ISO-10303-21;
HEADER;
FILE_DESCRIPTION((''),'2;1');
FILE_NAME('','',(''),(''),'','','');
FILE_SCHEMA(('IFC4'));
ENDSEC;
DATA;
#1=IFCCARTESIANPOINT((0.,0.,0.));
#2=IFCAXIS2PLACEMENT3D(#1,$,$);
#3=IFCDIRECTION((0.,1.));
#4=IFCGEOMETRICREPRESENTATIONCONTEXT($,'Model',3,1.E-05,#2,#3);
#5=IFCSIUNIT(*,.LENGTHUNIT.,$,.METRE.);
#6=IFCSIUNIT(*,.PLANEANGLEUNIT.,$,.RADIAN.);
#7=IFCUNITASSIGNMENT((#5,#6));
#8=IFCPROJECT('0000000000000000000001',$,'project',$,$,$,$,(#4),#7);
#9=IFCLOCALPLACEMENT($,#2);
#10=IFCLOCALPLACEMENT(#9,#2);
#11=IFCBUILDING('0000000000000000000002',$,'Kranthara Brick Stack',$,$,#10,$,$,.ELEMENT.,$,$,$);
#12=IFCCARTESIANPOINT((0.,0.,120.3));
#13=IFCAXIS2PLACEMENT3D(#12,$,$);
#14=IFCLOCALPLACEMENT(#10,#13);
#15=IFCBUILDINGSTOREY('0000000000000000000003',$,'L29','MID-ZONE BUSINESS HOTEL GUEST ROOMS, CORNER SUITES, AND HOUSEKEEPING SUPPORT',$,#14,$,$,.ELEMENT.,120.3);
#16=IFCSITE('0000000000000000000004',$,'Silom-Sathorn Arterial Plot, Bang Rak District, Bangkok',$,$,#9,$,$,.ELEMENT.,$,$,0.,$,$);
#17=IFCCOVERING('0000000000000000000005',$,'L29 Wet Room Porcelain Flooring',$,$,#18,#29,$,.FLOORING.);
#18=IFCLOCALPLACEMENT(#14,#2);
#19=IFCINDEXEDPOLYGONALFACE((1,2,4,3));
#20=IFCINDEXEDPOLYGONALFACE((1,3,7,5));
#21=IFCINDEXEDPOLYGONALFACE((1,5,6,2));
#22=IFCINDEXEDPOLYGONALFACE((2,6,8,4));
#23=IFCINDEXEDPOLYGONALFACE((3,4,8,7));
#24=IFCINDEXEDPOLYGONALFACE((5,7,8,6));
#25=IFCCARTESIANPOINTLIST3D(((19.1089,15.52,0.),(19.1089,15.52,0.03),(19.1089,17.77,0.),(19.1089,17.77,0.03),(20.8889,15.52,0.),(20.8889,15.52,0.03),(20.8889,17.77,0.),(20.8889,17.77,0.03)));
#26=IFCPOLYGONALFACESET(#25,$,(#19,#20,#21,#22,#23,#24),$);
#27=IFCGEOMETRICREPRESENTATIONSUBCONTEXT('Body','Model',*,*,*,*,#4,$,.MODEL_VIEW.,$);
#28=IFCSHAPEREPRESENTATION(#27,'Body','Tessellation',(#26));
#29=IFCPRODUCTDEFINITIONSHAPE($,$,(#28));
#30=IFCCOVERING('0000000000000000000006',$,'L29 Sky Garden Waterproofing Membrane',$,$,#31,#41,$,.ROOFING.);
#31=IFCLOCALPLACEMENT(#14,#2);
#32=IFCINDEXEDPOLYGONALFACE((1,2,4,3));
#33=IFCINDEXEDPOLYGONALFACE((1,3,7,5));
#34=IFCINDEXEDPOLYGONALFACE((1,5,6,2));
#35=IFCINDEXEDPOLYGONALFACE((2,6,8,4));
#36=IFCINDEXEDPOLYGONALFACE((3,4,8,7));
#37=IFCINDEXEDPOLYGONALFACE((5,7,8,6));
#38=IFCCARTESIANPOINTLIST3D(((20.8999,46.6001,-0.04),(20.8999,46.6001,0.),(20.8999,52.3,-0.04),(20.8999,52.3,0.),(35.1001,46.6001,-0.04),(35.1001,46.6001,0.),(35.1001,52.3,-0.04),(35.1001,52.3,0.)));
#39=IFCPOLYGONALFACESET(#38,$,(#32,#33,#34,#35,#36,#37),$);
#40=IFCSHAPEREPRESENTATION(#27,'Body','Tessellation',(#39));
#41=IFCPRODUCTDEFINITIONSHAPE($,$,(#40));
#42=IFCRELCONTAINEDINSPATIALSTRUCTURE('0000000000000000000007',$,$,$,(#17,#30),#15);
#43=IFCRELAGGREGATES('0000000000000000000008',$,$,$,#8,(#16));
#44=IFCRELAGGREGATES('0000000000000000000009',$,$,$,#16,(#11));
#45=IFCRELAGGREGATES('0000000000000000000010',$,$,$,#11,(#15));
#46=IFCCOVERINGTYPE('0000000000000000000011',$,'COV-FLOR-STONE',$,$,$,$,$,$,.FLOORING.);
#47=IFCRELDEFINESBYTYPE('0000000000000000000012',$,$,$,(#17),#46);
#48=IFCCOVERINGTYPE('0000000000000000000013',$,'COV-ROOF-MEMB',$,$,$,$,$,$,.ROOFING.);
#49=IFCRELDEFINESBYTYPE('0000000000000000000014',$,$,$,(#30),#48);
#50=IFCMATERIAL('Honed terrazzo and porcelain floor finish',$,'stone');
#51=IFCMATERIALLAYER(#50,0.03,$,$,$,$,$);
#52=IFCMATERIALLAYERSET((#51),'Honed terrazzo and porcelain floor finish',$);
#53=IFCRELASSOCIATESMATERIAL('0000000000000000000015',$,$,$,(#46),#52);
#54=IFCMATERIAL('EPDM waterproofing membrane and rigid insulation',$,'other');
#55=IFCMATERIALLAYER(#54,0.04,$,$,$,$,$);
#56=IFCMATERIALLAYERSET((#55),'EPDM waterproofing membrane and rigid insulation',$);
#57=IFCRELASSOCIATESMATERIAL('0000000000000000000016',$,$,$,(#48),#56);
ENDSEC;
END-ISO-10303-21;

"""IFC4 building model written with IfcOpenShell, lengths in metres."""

from ifc_helpers import new_model, si_unit, direction, frame, origin, place, context, subcontext, project, spatial, polyline, outline, extrude, material, layer, layer_set, type_object, element, save


model = new_model("IFC4")

# Units and contexts
model_context = context("Model", 3, precision=1e-05, world=origin(), true_north=direction((0.0, 1.0)))
body_context = subcontext(model_context, "Body", "Model", "MODEL_VIEW")
ifc_project = project(units=[si_unit("LENGTHUNIT", "METRE"), si_unit("PLANEANGLEUNIT", "RADIAN")], contexts=[model_context])

# Site, building, storey
site_placement = place(None, origin())
site = spatial("IfcSite", under=ifc_project, at=site_placement, Name="Silom-Sathorn Arterial Plot, Bang Rak District, Bangkok", CompositionType="ELEMENT", RefElevation=0.0)
building_placement = place(site_placement, origin())
building = spatial("IfcBuilding", under=site, at=building_placement, Name="Kranthara Brick Stack", CompositionType="ELEMENT")
storey_placement = place(building_placement, frame((0.0, 0.0, 120.3)))
storey = spatial("IfcBuildingStorey", under=building, at=storey_placement, Name="L29", Description="MID-ZONE BUSINESS HOTEL GUEST ROOMS, CORNER SUITES, AND HOUSEKEEPING SUPPORT", CompositionType="ELEMENT", Elevation=120.3)

# Coverings
ifc_material_1 = material(Name="Honed terrazzo and porcelain floor finish", Category="stone")
ifc_layer_1 = layer(ifc_material_1, 0.03)
ifc_layer_set_1 = layer_set([ifc_layer_1], Name="Honed terrazzo and porcelain floor finish")
covering_type_1 = type_object("IfcCoveringType", Name="COV-FLOR-STONE", PredefinedType="FLOORING", material=ifc_layer_set_1)
covering_1_placement = place(storey_placement, origin())
element("IfcCovering", 1, at=covering_1_placement, inside=storey, type_object=covering_type_1, Name="L29 Wet Room Porcelain Flooring", PredefinedType="FLOORING", context=body_context, shape_type="SweptSolid", body=[
    extrude(outline(polyline([(19.1089, 15.52), (19.1089, 17.77), (20.8889, 17.77), (20.8889, 15.52), (19.1089, 15.52)])), origin(), (0.0, 0.0, 1.0), 0.03),
])
ifc_material_2 = material(Name="EPDM waterproofing membrane and rigid insulation", Category="other")
ifc_layer_2 = layer(ifc_material_2, 0.04)
ifc_layer_set_2 = layer_set([ifc_layer_2], Name="EPDM waterproofing membrane and rigid insulation")
covering_type_2 = type_object("IfcCoveringType", Name="COV-ROOF-MEMB", PredefinedType="ROOFING", material=ifc_layer_set_2)
covering_2_placement = place(storey_placement, frame((0.0, 0.0, -0.04)))
element("IfcCovering", 2, at=covering_2_placement, inside=storey, type_object=covering_type_2, Name="L29 Sky Garden Waterproofing Membrane", PredefinedType="ROOFING", context=body_context, shape_type="SweptSolid", body=[
    extrude(outline(polyline([(20.8999, 46.6001), (35.1001, 46.6001), (35.1001, 52.3), (20.8999, 52.3), (20.8999, 46.6001)])), origin(), (0.0, 0.0, 1.0), 0.04),
])

save(model, "model.ifc")
